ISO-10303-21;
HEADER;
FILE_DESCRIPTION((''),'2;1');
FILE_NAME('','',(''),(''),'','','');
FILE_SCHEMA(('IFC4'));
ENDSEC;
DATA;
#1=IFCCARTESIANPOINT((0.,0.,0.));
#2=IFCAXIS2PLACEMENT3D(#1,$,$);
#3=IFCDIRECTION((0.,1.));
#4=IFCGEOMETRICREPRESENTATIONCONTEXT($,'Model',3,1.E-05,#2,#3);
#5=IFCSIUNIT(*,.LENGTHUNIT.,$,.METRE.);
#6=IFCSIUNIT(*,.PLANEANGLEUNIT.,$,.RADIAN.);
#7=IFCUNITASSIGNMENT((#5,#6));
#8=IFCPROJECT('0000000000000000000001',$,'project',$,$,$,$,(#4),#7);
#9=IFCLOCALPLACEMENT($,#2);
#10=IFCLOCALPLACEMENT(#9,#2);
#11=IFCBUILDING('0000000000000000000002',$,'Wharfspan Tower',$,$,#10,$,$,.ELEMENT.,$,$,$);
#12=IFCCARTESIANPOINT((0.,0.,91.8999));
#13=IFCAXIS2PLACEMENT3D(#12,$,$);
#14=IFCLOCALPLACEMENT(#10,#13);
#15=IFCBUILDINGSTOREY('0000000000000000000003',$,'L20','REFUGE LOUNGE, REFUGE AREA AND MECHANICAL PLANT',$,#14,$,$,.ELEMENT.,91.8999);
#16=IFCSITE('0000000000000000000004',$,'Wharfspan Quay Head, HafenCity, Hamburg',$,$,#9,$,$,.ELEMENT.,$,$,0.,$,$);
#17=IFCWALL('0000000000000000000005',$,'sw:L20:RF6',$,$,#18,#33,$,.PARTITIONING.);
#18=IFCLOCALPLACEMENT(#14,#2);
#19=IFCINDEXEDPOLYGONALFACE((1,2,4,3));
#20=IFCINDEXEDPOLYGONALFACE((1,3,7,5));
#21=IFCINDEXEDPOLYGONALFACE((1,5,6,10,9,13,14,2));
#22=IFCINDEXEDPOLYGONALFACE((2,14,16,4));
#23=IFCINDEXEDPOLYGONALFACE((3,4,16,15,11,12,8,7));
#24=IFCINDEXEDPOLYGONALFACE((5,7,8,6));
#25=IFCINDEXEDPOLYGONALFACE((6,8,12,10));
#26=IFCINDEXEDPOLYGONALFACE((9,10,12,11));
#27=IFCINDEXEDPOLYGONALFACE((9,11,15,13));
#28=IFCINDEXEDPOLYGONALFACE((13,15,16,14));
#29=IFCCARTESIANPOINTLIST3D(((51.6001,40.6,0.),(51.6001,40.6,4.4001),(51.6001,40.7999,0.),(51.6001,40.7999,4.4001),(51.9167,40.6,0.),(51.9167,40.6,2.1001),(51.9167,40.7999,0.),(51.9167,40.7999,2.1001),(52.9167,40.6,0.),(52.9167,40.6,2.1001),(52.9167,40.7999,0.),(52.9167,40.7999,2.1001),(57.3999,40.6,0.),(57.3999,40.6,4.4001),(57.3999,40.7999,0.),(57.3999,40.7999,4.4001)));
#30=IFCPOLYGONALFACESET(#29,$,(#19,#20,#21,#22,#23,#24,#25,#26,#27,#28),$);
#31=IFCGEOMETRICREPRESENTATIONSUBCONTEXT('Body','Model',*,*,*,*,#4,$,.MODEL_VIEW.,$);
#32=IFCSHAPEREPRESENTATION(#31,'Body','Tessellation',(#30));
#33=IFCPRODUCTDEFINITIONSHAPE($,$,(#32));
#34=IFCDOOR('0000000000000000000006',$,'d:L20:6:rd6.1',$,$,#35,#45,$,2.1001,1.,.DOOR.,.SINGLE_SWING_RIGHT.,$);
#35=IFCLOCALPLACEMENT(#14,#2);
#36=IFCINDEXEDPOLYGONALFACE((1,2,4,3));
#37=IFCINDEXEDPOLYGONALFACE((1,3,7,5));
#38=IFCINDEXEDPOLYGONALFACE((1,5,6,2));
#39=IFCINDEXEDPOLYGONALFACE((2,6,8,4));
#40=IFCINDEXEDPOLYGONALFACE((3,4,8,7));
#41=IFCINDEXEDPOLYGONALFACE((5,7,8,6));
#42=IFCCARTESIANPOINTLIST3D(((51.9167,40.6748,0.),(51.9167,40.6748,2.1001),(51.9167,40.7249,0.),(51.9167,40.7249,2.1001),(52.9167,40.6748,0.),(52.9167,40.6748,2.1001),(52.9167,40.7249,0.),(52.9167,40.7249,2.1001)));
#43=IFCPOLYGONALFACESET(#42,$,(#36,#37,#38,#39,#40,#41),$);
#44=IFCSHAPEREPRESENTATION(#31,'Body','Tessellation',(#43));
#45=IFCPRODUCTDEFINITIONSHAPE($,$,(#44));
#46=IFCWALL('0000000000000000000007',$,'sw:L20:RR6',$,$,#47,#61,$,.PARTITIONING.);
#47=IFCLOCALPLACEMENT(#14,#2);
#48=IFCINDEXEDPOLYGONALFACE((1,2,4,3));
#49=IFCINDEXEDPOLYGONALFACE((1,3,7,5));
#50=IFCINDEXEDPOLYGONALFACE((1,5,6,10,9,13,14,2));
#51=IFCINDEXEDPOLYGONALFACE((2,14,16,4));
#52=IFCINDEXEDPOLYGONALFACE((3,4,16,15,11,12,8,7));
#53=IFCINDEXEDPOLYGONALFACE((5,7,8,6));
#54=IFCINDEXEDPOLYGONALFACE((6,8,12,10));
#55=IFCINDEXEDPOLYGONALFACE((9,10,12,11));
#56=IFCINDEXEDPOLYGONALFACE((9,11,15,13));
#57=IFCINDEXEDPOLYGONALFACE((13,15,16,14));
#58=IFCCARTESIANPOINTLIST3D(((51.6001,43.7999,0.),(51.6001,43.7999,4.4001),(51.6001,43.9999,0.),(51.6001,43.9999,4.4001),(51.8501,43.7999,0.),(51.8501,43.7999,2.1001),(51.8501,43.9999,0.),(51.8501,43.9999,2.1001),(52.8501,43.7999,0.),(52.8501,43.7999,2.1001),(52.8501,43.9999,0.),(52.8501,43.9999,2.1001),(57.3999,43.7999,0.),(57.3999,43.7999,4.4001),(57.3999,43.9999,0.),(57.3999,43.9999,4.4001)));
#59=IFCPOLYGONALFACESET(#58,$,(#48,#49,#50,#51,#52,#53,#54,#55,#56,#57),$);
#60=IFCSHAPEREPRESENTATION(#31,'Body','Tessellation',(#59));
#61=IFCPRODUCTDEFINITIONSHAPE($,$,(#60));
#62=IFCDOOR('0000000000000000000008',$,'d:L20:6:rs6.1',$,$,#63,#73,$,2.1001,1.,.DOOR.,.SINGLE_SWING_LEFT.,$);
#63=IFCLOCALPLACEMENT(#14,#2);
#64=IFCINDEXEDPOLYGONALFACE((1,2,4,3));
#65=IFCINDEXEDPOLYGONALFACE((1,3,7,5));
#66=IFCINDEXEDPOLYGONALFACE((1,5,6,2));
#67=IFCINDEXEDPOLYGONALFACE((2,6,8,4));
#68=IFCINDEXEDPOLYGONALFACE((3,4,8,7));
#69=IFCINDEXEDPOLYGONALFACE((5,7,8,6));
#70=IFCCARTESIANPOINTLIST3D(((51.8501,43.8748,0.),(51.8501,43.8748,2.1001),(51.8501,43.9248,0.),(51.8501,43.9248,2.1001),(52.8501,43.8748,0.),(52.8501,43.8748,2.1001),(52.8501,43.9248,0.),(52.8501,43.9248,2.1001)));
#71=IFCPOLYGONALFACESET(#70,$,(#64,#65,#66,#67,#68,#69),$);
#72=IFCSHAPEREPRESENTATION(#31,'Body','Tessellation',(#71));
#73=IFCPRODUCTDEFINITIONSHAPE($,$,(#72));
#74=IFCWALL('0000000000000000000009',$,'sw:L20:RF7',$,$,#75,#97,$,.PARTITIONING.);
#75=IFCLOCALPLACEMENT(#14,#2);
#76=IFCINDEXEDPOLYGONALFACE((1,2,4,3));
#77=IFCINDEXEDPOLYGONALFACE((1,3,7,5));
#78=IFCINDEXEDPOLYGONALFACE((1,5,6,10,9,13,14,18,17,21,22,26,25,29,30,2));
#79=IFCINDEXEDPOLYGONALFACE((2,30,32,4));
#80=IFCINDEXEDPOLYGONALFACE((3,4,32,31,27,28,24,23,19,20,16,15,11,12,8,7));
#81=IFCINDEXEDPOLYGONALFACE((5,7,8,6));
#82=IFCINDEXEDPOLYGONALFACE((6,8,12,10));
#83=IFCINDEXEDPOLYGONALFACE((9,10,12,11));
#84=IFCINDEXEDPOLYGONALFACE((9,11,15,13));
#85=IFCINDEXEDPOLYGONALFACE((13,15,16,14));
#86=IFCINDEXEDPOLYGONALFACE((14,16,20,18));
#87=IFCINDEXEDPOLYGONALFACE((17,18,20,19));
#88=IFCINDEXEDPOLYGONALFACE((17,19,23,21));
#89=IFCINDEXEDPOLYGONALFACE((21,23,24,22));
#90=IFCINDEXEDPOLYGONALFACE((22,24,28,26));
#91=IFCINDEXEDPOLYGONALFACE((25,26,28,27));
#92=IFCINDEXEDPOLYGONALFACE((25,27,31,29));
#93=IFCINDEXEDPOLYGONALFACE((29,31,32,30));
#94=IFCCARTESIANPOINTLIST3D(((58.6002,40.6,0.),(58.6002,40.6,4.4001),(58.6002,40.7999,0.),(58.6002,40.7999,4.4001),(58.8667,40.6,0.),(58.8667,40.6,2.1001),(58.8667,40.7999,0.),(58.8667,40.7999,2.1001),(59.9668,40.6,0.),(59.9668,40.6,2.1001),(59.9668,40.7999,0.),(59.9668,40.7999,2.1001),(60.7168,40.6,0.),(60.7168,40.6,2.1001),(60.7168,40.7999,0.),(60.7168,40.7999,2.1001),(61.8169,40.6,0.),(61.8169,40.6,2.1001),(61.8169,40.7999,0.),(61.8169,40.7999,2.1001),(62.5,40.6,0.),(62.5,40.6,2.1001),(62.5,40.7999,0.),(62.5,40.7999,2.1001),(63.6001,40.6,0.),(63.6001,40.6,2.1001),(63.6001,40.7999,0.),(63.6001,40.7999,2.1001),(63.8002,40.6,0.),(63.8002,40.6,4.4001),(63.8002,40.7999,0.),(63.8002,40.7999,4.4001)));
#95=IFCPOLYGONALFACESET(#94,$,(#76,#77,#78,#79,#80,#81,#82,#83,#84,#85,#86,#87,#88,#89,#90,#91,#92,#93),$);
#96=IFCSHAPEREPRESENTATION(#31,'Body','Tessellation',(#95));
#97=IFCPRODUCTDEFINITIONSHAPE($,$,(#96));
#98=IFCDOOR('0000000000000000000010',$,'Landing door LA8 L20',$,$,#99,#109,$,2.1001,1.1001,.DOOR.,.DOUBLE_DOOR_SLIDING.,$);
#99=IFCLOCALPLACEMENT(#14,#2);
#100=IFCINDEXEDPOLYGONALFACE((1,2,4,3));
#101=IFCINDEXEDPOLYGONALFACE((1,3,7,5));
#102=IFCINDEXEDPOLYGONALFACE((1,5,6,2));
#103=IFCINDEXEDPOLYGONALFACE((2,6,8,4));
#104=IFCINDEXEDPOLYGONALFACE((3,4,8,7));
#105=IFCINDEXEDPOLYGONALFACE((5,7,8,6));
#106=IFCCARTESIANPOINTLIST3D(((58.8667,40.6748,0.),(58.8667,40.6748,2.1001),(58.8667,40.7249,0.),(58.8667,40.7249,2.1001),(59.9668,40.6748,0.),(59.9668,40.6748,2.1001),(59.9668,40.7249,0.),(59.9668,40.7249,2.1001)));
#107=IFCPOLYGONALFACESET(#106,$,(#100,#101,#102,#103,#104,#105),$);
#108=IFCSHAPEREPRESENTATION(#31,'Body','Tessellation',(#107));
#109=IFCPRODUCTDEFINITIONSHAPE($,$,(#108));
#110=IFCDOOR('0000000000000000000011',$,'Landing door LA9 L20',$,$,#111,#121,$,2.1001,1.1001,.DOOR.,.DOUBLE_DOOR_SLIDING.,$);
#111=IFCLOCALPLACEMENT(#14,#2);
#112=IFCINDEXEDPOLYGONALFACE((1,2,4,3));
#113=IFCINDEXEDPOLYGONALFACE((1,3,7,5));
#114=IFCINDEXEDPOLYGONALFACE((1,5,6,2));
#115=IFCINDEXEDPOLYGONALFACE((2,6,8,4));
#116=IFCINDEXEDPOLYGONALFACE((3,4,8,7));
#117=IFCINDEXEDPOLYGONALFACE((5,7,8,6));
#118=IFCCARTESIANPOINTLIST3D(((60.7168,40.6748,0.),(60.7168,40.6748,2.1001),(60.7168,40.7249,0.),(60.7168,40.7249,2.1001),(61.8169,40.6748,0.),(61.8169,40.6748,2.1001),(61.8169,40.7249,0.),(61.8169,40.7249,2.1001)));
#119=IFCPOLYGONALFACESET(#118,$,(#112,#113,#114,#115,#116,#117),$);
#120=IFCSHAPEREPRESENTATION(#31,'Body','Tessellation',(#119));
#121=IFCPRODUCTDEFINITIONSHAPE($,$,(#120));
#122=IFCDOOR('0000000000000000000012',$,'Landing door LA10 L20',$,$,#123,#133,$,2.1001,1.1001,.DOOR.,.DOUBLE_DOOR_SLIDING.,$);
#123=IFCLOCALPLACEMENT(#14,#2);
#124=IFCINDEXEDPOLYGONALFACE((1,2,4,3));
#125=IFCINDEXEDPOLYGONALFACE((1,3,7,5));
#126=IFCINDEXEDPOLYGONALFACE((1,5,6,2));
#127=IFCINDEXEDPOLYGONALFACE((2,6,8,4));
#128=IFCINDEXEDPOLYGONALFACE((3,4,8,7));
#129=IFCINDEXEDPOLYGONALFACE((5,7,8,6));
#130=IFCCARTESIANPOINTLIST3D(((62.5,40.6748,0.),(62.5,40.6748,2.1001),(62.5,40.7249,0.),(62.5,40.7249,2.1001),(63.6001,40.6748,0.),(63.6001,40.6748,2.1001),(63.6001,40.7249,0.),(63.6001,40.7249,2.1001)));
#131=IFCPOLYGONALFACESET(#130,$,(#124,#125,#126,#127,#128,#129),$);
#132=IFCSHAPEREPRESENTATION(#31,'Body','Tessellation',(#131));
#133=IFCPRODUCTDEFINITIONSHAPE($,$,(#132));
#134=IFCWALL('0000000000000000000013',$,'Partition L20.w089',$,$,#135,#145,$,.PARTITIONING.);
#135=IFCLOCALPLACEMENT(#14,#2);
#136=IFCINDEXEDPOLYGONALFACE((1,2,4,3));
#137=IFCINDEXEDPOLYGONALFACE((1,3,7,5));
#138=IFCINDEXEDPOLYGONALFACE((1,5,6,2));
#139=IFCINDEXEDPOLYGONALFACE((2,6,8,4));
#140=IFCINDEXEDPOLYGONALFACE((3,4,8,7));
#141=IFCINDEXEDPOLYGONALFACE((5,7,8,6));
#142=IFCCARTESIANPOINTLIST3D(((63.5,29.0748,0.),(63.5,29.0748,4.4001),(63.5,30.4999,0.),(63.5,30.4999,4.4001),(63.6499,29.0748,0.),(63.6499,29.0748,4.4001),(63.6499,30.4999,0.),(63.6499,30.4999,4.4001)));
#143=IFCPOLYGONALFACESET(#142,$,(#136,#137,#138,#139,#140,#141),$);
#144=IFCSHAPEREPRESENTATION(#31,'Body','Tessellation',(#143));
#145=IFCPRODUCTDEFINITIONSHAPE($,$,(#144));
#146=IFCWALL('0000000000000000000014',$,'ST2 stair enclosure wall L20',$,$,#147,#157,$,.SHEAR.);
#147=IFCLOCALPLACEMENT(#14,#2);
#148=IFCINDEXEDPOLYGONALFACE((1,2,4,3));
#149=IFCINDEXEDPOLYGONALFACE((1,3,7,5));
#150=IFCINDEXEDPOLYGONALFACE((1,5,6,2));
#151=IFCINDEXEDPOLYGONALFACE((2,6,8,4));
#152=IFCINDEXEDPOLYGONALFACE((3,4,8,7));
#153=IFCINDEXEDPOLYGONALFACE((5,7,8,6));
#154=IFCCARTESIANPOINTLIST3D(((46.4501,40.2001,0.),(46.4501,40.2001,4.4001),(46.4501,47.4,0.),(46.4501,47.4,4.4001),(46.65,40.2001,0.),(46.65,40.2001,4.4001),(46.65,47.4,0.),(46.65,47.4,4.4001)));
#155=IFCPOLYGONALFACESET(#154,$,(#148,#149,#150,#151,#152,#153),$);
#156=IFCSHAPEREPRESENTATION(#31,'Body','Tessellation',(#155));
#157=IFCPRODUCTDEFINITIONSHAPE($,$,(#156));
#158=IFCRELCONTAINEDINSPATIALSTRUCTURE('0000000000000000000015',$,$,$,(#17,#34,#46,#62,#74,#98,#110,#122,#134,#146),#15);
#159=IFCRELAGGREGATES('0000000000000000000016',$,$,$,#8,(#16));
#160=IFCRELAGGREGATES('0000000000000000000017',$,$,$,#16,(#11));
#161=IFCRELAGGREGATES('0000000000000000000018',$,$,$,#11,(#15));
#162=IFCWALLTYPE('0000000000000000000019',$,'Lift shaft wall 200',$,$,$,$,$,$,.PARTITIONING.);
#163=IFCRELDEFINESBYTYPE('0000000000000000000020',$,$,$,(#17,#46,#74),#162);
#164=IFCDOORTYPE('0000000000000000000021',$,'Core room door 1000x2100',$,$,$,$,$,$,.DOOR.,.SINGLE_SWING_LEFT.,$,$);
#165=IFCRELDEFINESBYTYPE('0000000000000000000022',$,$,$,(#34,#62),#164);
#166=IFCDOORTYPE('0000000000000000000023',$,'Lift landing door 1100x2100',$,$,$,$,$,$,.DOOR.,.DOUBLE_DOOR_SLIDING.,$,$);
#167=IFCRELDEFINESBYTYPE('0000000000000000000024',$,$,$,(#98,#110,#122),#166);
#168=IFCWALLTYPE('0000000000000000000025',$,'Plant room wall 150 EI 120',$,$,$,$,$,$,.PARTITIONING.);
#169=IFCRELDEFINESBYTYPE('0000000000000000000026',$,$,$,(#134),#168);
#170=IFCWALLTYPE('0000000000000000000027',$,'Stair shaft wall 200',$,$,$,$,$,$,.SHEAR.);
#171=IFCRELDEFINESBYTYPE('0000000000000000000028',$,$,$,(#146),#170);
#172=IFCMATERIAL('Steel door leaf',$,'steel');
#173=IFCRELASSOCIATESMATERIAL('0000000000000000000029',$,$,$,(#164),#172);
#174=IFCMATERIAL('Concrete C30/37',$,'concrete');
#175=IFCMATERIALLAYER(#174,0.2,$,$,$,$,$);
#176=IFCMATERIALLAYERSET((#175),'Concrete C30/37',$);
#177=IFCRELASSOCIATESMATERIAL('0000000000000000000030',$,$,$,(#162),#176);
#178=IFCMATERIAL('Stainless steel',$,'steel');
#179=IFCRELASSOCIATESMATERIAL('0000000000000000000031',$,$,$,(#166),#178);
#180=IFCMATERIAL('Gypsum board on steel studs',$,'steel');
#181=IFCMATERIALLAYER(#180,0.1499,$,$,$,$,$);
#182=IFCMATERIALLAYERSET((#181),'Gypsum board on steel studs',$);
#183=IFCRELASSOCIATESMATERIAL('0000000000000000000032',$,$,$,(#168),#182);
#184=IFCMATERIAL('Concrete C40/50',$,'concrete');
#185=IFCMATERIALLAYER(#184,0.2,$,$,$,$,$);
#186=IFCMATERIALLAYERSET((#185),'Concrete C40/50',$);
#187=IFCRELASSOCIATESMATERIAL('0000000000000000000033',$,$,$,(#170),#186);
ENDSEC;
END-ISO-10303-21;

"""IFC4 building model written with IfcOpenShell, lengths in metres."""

from ifc_helpers import new_model, si_unit, direction, frame, frame_2d, origin, place, context, subcontext, project, spatial, rectangle, extrude, material, layer, layer_set, type_object, element, fill, save


model = new_model("IFC4")

# Units and contexts
model_context = context("Model", 3, precision=1e-05, world=origin(), true_north=direction((0.0, 1.0)))
body_context = subcontext(model_context, "Body", "Model", "MODEL_VIEW")
ifc_project = project(units=[si_unit("LENGTHUNIT", "METRE"), si_unit("PLANEANGLEUNIT", "RADIAN")], contexts=[model_context])

# Site, building, storey
site_placement = place(None, origin())
site = spatial("IfcSite", under=ifc_project, at=site_placement, Name="Wharfspan Quay Head, HafenCity, Hamburg", CompositionType="ELEMENT", RefElevation=0.0)
building_placement = place(site_placement, origin())
building = spatial("IfcBuilding", under=site, at=building_placement, Name="Wharfspan Tower", CompositionType="ELEMENT")
storey_placement = place(building_placement, frame((0.0, 0.0, 91.8999)))
storey = spatial("IfcBuildingStorey", under=building, at=storey_placement, Name="L20", Description="REFUGE LOUNGE, REFUGE AREA AND MECHANICAL PLANT", CompositionType="ELEMENT", Elevation=91.8999)

# Shared definitions
ifc_material_1 = material(Name="Steel door leaf", Category="steel")

# Shared definitions
door_type_1 = type_object("IfcDoorType", Name="Core room door 1000x2100", OperationType="SINGLE_SWING_LEFT", PredefinedType="DOOR", material=ifc_material_1)

# Walls, openings, doors
ifc_material_2 = material(Name="Concrete C30/37", Category="concrete")
ifc_layer_1 = layer(ifc_material_2, 0.2)
ifc_layer_set_1 = layer_set([ifc_layer_1], Name="Concrete C30/37")
wall_type_1 = type_object("IfcWallType", Name="Lift shaft wall 200", PredefinedType="PARTITIONING", material=ifc_layer_set_1)
wall_1_placement = place(storey_placement, frame((51.6001, 40.7, 0.0), z_axis=(0.0, 0.0, 1.0), x_axis=(1.0, 0.0, 0.0)))
wall_1 = element("IfcWall", 1, at=wall_1_placement, inside=storey, type_object=wall_type_1, Name="sw:L20:RF6", PredefinedType="PARTITIONING", context=body_context, shape_type="SweptSolid", body=[
    extrude(rectangle(XDim=5.7998, YDim=0.2, at=frame_2d((2.8999, 0.0))), origin(), (0.0, 0.0, 1.0), 4.4001),
])
opening_1_placement = place(wall_1_placement, frame((0.3166, 0.0, 0.0)))
opening_1 = element("IfcOpeningElement", 2, at=opening_1_placement, cuts=wall_1, PredefinedType="OPENING", context=body_context, shape_type="SweptSolid", body=[
    extrude(rectangle(XDim=1.0, YDim=2.1001, at=frame_2d((0.5, 1.05))), frame((0.0, 0.1099, 0.0), z_axis=(0.0, -1.0, 0.0), x_axis=(1.0, 0.0, 0.0)), (0.0, 0.0, 1.0), 0.22),
])
door_1_placement = place(opening_1_placement, origin())
door_1 = element("IfcDoor", 3, at=door_1_placement, inside=storey, type_object=door_type_1, Name="d:L20:6:rd6.1", OperationType="SINGLE_SWING_RIGHT", OverallHeight=2.1001, OverallWidth=1.0, PredefinedType="DOOR", context=body_context, shape_type="SweptSolid", body=[
    extrude(rectangle(XDim=1.0, YDim=2.1001, at=frame_2d((0.5, 1.05))), frame((0.0, 0.0249, 0.0), z_axis=(0.0, -1.0, 0.0), x_axis=(1.0, 0.0, 0.0)), (0.0, 0.0, 1.0), 0.05),
])
fill(opening_1, door_1)
wall_2_placement = place(storey_placement, frame((51.6001, 43.8999, 0.0), z_axis=(0.0, 0.0, 1.0), x_axis=(1.0, 0.0, 0.0)))
wall_2 = element("IfcWall", 4, at=wall_2_placement, inside=storey, type_object=wall_type_1, Name="sw:L20:RR6", PredefinedType="PARTITIONING", context=body_context, shape_type="SweptSolid", body=[
    extrude(rectangle(XDim=5.7998, YDim=0.2, at=frame_2d((2.8999, 0.0))), origin(), (0.0, 0.0, 1.0), 4.4001),
])
opening_2_placement = place(wall_2_placement, frame((0.25, 0.0, 0.0)))
opening_2 = element("IfcOpeningElement", 5, at=opening_2_placement, cuts=wall_2, PredefinedType="OPENING", context=body_context, shape_type="SweptSolid", body=[
    extrude(rectangle(XDim=1.0, YDim=2.1001, at=frame_2d((0.5, 1.05))), frame((0.0, 0.1099, 0.0), z_axis=(0.0, -1.0, 0.0), x_axis=(1.0, 0.0, 0.0)), (0.0, 0.0, 1.0), 0.22),
])
door_2_placement = place(opening_2_placement, origin())
door_2 = element("IfcDoor", 6, at=door_2_placement, inside=storey, type_object=door_type_1, Name="d:L20:6:rs6.1", OperationType="SINGLE_SWING_LEFT", OverallHeight=2.1001, OverallWidth=1.0, PredefinedType="DOOR", context=body_context, shape_type="SweptSolid", body=[
    extrude(rectangle(XDim=1.0, YDim=2.1001, at=frame_2d((0.5, 1.05))), frame((0.0, 0.0249, 0.0), z_axis=(0.0, -1.0, 0.0), x_axis=(1.0, 0.0, 0.0)), (0.0, 0.0, 1.0), 0.05),
])
fill(opening_2, door_2)

# Wall, openings, doors
wall_3_placement = place(storey_placement, frame((58.6001, 40.7, 0.0), z_axis=(0.0, 0.0, 1.0), x_axis=(1.0, 0.0, 0.0)))
wall_3 = element("IfcWall", 7, at=wall_3_placement, inside=storey, type_object=wall_type_1, Name="sw:L20:RF7", PredefinedType="PARTITIONING", context=body_context, shape_type="SweptSolid", body=[
    extrude(rectangle(XDim=5.2, YDim=0.2, at=frame_2d((2.6001, 0.0))), origin(), (0.0, 0.0, 1.0), 4.4001),
])
opening_3_placement = place(wall_3_placement, frame((0.2666, 0.0, 0.0)))
opening_3 = element("IfcOpeningElement", 8, at=opening_3_placement, cuts=wall_3, PredefinedType="OPENING", context=body_context, shape_type="SweptSolid", body=[
    extrude(rectangle(XDim=1.1001, YDim=2.1001, at=frame_2d((0.55, 1.05))), frame((0.0, 0.1099, 0.0), z_axis=(0.0, -1.0, 0.0), x_axis=(1.0, 0.0, 0.0)), (0.0, 0.0, 1.0), 0.22),
])
opening_4_placement = place(wall_3_placement, frame((2.1167, 0.0, 0.0)))
opening_4 = element("IfcOpeningElement", 9, at=opening_4_placement, cuts=wall_3, PredefinedType="OPENING", context=body_context, shape_type="SweptSolid", body=[
    extrude(rectangle(XDim=1.1001, YDim=2.1001, at=frame_2d((0.55, 1.05))), frame((0.0, 0.1099, 0.0), z_axis=(0.0, -1.0, 0.0), x_axis=(1.0, 0.0, 0.0)), (0.0, 0.0, 1.0), 0.22),
])
opening_5_placement = place(wall_3_placement, frame((3.8999, 0.0, 0.0)))
opening_5 = element("IfcOpeningElement", 10, at=opening_5_placement, cuts=wall_3, PredefinedType="OPENING", context=body_context, shape_type="SweptSolid", body=[
    extrude(rectangle(XDim=1.1001, YDim=2.1001, at=frame_2d((0.55, 1.05))), frame((0.0, 0.1099, 0.0), z_axis=(0.0, -1.0, 0.0), x_axis=(1.0, 0.0, 0.0)), (0.0, 0.0, 1.0), 0.22),
])
ifc_material_3 = material(Name="Stainless steel", Category="steel")
door_type_2 = type_object("IfcDoorType", Name="Lift landing door 1100x2100", OperationType="DOUBLE_DOOR_SLIDING", PredefinedType="DOOR", material=ifc_material_3)
door_3_placement = place(opening_3_placement, origin())
door_3 = element("IfcDoor", 11, at=door_3_placement, inside=storey, type_object=door_type_2, Name="Landing door LA8 L20", OperationType="DOUBLE_DOOR_SLIDING", OverallHeight=2.1001, OverallWidth=1.1001, PredefinedType="DOOR", context=body_context, shape_type="SweptSolid", body=[
    extrude(rectangle(XDim=1.1001, YDim=2.1001, at=frame_2d((0.55, 1.05))), frame((0.0, 0.0249, 0.0), z_axis=(0.0, -1.0, 0.0), x_axis=(1.0, 0.0, 0.0)), (0.0, 0.0, 1.0), 0.05),
])
fill(opening_3, door_3)
door_4_placement = place(opening_4_placement, origin())
door_4 = element("IfcDoor", 12, at=door_4_placement, inside=storey, type_object=door_type_2, Name="Landing door LA9 L20", OperationType="DOUBLE_DOOR_SLIDING", OverallHeight=2.1001, OverallWidth=1.1001, PredefinedType="DOOR", context=body_context, shape_type="SweptSolid", body=[
    extrude(rectangle(XDim=1.1001, YDim=2.1001, at=frame_2d((0.55, 1.05))), frame((0.0, 0.0249, 0.0), z_axis=(0.0, -1.0, 0.0), x_axis=(1.0, 0.0, 0.0)), (0.0, 0.0, 1.0), 0.05),
])
fill(opening_4, door_4)
door_5_placement = place(opening_5_placement, origin())
door_5 = element("IfcDoor", 13, at=door_5_placement, inside=storey, type_object=door_type_2, Name="Landing door LA10 L20", OperationType="DOUBLE_DOOR_SLIDING", OverallHeight=2.1001, OverallWidth=1.1001, PredefinedType="DOOR", context=body_context, shape_type="SweptSolid", body=[
    extrude(rectangle(XDim=1.1001, YDim=2.1001, at=frame_2d((0.55, 1.05))), frame((0.0, 0.0249, 0.0), z_axis=(0.0, -1.0, 0.0), x_axis=(1.0, 0.0, 0.0)), (0.0, 0.0, 1.0), 0.05),
])
fill(opening_5, door_5)

# Walls
ifc_material_4 = material(Name="Gypsum board on steel studs", Category="steel")
ifc_layer_2 = layer(ifc_material_4, 0.1499)
ifc_layer_set_2 = layer_set([ifc_layer_2], Name="Gypsum board on steel studs")
wall_type_2 = type_object("IfcWallType", Name="Plant room wall 150 EI 120", PredefinedType="PARTITIONING", material=ifc_layer_set_2)
wall_4_placement = place(storey_placement, frame((63.575, 29.075, 0.0), z_axis=(0.0, 0.0, 1.0), x_axis=(0.0, 1.0, 0.0)))
element("IfcWall", 14, at=wall_4_placement, inside=storey, type_object=wall_type_2, Name="Partition L20.w089", PredefinedType="PARTITIONING", context=body_context, shape_type="SweptSolid", body=[
    extrude(rectangle(XDim=1.425, YDim=0.1499, at=frame_2d((0.7124, 0.0))), origin(), (0.0, 0.0, 1.0), 4.4001),
])
ifc_material_5 = material(Name="Concrete C40/50", Category="concrete")
ifc_layer_3 = layer(ifc_material_5, 0.2)
ifc_layer_set_3 = layer_set([ifc_layer_3], Name="Concrete C40/50")
wall_type_3 = type_object("IfcWallType", Name="Stair shaft wall 200", PredefinedType="SHEAR", material=ifc_layer_set_3)
wall_5_placement = place(storey_placement, frame((46.55, 40.2, 0.0), z_axis=(0.0, 0.0, 1.0), x_axis=(0.0, 1.0, 0.0)))
element("IfcWall", 15, at=wall_5_placement, inside=storey, type_object=wall_type_3, Name="ST2 stair enclosure wall L20", PredefinedType="SHEAR", context=body_context, shape_type="SweptSolid", body=[
    extrude(rectangle(XDim=7.2, YDim=0.2, at=frame_2d((3.6001, 0.0))), origin(), (0.0, 0.0, 1.0), 4.4001),
])

save(model, "model.ifc")
